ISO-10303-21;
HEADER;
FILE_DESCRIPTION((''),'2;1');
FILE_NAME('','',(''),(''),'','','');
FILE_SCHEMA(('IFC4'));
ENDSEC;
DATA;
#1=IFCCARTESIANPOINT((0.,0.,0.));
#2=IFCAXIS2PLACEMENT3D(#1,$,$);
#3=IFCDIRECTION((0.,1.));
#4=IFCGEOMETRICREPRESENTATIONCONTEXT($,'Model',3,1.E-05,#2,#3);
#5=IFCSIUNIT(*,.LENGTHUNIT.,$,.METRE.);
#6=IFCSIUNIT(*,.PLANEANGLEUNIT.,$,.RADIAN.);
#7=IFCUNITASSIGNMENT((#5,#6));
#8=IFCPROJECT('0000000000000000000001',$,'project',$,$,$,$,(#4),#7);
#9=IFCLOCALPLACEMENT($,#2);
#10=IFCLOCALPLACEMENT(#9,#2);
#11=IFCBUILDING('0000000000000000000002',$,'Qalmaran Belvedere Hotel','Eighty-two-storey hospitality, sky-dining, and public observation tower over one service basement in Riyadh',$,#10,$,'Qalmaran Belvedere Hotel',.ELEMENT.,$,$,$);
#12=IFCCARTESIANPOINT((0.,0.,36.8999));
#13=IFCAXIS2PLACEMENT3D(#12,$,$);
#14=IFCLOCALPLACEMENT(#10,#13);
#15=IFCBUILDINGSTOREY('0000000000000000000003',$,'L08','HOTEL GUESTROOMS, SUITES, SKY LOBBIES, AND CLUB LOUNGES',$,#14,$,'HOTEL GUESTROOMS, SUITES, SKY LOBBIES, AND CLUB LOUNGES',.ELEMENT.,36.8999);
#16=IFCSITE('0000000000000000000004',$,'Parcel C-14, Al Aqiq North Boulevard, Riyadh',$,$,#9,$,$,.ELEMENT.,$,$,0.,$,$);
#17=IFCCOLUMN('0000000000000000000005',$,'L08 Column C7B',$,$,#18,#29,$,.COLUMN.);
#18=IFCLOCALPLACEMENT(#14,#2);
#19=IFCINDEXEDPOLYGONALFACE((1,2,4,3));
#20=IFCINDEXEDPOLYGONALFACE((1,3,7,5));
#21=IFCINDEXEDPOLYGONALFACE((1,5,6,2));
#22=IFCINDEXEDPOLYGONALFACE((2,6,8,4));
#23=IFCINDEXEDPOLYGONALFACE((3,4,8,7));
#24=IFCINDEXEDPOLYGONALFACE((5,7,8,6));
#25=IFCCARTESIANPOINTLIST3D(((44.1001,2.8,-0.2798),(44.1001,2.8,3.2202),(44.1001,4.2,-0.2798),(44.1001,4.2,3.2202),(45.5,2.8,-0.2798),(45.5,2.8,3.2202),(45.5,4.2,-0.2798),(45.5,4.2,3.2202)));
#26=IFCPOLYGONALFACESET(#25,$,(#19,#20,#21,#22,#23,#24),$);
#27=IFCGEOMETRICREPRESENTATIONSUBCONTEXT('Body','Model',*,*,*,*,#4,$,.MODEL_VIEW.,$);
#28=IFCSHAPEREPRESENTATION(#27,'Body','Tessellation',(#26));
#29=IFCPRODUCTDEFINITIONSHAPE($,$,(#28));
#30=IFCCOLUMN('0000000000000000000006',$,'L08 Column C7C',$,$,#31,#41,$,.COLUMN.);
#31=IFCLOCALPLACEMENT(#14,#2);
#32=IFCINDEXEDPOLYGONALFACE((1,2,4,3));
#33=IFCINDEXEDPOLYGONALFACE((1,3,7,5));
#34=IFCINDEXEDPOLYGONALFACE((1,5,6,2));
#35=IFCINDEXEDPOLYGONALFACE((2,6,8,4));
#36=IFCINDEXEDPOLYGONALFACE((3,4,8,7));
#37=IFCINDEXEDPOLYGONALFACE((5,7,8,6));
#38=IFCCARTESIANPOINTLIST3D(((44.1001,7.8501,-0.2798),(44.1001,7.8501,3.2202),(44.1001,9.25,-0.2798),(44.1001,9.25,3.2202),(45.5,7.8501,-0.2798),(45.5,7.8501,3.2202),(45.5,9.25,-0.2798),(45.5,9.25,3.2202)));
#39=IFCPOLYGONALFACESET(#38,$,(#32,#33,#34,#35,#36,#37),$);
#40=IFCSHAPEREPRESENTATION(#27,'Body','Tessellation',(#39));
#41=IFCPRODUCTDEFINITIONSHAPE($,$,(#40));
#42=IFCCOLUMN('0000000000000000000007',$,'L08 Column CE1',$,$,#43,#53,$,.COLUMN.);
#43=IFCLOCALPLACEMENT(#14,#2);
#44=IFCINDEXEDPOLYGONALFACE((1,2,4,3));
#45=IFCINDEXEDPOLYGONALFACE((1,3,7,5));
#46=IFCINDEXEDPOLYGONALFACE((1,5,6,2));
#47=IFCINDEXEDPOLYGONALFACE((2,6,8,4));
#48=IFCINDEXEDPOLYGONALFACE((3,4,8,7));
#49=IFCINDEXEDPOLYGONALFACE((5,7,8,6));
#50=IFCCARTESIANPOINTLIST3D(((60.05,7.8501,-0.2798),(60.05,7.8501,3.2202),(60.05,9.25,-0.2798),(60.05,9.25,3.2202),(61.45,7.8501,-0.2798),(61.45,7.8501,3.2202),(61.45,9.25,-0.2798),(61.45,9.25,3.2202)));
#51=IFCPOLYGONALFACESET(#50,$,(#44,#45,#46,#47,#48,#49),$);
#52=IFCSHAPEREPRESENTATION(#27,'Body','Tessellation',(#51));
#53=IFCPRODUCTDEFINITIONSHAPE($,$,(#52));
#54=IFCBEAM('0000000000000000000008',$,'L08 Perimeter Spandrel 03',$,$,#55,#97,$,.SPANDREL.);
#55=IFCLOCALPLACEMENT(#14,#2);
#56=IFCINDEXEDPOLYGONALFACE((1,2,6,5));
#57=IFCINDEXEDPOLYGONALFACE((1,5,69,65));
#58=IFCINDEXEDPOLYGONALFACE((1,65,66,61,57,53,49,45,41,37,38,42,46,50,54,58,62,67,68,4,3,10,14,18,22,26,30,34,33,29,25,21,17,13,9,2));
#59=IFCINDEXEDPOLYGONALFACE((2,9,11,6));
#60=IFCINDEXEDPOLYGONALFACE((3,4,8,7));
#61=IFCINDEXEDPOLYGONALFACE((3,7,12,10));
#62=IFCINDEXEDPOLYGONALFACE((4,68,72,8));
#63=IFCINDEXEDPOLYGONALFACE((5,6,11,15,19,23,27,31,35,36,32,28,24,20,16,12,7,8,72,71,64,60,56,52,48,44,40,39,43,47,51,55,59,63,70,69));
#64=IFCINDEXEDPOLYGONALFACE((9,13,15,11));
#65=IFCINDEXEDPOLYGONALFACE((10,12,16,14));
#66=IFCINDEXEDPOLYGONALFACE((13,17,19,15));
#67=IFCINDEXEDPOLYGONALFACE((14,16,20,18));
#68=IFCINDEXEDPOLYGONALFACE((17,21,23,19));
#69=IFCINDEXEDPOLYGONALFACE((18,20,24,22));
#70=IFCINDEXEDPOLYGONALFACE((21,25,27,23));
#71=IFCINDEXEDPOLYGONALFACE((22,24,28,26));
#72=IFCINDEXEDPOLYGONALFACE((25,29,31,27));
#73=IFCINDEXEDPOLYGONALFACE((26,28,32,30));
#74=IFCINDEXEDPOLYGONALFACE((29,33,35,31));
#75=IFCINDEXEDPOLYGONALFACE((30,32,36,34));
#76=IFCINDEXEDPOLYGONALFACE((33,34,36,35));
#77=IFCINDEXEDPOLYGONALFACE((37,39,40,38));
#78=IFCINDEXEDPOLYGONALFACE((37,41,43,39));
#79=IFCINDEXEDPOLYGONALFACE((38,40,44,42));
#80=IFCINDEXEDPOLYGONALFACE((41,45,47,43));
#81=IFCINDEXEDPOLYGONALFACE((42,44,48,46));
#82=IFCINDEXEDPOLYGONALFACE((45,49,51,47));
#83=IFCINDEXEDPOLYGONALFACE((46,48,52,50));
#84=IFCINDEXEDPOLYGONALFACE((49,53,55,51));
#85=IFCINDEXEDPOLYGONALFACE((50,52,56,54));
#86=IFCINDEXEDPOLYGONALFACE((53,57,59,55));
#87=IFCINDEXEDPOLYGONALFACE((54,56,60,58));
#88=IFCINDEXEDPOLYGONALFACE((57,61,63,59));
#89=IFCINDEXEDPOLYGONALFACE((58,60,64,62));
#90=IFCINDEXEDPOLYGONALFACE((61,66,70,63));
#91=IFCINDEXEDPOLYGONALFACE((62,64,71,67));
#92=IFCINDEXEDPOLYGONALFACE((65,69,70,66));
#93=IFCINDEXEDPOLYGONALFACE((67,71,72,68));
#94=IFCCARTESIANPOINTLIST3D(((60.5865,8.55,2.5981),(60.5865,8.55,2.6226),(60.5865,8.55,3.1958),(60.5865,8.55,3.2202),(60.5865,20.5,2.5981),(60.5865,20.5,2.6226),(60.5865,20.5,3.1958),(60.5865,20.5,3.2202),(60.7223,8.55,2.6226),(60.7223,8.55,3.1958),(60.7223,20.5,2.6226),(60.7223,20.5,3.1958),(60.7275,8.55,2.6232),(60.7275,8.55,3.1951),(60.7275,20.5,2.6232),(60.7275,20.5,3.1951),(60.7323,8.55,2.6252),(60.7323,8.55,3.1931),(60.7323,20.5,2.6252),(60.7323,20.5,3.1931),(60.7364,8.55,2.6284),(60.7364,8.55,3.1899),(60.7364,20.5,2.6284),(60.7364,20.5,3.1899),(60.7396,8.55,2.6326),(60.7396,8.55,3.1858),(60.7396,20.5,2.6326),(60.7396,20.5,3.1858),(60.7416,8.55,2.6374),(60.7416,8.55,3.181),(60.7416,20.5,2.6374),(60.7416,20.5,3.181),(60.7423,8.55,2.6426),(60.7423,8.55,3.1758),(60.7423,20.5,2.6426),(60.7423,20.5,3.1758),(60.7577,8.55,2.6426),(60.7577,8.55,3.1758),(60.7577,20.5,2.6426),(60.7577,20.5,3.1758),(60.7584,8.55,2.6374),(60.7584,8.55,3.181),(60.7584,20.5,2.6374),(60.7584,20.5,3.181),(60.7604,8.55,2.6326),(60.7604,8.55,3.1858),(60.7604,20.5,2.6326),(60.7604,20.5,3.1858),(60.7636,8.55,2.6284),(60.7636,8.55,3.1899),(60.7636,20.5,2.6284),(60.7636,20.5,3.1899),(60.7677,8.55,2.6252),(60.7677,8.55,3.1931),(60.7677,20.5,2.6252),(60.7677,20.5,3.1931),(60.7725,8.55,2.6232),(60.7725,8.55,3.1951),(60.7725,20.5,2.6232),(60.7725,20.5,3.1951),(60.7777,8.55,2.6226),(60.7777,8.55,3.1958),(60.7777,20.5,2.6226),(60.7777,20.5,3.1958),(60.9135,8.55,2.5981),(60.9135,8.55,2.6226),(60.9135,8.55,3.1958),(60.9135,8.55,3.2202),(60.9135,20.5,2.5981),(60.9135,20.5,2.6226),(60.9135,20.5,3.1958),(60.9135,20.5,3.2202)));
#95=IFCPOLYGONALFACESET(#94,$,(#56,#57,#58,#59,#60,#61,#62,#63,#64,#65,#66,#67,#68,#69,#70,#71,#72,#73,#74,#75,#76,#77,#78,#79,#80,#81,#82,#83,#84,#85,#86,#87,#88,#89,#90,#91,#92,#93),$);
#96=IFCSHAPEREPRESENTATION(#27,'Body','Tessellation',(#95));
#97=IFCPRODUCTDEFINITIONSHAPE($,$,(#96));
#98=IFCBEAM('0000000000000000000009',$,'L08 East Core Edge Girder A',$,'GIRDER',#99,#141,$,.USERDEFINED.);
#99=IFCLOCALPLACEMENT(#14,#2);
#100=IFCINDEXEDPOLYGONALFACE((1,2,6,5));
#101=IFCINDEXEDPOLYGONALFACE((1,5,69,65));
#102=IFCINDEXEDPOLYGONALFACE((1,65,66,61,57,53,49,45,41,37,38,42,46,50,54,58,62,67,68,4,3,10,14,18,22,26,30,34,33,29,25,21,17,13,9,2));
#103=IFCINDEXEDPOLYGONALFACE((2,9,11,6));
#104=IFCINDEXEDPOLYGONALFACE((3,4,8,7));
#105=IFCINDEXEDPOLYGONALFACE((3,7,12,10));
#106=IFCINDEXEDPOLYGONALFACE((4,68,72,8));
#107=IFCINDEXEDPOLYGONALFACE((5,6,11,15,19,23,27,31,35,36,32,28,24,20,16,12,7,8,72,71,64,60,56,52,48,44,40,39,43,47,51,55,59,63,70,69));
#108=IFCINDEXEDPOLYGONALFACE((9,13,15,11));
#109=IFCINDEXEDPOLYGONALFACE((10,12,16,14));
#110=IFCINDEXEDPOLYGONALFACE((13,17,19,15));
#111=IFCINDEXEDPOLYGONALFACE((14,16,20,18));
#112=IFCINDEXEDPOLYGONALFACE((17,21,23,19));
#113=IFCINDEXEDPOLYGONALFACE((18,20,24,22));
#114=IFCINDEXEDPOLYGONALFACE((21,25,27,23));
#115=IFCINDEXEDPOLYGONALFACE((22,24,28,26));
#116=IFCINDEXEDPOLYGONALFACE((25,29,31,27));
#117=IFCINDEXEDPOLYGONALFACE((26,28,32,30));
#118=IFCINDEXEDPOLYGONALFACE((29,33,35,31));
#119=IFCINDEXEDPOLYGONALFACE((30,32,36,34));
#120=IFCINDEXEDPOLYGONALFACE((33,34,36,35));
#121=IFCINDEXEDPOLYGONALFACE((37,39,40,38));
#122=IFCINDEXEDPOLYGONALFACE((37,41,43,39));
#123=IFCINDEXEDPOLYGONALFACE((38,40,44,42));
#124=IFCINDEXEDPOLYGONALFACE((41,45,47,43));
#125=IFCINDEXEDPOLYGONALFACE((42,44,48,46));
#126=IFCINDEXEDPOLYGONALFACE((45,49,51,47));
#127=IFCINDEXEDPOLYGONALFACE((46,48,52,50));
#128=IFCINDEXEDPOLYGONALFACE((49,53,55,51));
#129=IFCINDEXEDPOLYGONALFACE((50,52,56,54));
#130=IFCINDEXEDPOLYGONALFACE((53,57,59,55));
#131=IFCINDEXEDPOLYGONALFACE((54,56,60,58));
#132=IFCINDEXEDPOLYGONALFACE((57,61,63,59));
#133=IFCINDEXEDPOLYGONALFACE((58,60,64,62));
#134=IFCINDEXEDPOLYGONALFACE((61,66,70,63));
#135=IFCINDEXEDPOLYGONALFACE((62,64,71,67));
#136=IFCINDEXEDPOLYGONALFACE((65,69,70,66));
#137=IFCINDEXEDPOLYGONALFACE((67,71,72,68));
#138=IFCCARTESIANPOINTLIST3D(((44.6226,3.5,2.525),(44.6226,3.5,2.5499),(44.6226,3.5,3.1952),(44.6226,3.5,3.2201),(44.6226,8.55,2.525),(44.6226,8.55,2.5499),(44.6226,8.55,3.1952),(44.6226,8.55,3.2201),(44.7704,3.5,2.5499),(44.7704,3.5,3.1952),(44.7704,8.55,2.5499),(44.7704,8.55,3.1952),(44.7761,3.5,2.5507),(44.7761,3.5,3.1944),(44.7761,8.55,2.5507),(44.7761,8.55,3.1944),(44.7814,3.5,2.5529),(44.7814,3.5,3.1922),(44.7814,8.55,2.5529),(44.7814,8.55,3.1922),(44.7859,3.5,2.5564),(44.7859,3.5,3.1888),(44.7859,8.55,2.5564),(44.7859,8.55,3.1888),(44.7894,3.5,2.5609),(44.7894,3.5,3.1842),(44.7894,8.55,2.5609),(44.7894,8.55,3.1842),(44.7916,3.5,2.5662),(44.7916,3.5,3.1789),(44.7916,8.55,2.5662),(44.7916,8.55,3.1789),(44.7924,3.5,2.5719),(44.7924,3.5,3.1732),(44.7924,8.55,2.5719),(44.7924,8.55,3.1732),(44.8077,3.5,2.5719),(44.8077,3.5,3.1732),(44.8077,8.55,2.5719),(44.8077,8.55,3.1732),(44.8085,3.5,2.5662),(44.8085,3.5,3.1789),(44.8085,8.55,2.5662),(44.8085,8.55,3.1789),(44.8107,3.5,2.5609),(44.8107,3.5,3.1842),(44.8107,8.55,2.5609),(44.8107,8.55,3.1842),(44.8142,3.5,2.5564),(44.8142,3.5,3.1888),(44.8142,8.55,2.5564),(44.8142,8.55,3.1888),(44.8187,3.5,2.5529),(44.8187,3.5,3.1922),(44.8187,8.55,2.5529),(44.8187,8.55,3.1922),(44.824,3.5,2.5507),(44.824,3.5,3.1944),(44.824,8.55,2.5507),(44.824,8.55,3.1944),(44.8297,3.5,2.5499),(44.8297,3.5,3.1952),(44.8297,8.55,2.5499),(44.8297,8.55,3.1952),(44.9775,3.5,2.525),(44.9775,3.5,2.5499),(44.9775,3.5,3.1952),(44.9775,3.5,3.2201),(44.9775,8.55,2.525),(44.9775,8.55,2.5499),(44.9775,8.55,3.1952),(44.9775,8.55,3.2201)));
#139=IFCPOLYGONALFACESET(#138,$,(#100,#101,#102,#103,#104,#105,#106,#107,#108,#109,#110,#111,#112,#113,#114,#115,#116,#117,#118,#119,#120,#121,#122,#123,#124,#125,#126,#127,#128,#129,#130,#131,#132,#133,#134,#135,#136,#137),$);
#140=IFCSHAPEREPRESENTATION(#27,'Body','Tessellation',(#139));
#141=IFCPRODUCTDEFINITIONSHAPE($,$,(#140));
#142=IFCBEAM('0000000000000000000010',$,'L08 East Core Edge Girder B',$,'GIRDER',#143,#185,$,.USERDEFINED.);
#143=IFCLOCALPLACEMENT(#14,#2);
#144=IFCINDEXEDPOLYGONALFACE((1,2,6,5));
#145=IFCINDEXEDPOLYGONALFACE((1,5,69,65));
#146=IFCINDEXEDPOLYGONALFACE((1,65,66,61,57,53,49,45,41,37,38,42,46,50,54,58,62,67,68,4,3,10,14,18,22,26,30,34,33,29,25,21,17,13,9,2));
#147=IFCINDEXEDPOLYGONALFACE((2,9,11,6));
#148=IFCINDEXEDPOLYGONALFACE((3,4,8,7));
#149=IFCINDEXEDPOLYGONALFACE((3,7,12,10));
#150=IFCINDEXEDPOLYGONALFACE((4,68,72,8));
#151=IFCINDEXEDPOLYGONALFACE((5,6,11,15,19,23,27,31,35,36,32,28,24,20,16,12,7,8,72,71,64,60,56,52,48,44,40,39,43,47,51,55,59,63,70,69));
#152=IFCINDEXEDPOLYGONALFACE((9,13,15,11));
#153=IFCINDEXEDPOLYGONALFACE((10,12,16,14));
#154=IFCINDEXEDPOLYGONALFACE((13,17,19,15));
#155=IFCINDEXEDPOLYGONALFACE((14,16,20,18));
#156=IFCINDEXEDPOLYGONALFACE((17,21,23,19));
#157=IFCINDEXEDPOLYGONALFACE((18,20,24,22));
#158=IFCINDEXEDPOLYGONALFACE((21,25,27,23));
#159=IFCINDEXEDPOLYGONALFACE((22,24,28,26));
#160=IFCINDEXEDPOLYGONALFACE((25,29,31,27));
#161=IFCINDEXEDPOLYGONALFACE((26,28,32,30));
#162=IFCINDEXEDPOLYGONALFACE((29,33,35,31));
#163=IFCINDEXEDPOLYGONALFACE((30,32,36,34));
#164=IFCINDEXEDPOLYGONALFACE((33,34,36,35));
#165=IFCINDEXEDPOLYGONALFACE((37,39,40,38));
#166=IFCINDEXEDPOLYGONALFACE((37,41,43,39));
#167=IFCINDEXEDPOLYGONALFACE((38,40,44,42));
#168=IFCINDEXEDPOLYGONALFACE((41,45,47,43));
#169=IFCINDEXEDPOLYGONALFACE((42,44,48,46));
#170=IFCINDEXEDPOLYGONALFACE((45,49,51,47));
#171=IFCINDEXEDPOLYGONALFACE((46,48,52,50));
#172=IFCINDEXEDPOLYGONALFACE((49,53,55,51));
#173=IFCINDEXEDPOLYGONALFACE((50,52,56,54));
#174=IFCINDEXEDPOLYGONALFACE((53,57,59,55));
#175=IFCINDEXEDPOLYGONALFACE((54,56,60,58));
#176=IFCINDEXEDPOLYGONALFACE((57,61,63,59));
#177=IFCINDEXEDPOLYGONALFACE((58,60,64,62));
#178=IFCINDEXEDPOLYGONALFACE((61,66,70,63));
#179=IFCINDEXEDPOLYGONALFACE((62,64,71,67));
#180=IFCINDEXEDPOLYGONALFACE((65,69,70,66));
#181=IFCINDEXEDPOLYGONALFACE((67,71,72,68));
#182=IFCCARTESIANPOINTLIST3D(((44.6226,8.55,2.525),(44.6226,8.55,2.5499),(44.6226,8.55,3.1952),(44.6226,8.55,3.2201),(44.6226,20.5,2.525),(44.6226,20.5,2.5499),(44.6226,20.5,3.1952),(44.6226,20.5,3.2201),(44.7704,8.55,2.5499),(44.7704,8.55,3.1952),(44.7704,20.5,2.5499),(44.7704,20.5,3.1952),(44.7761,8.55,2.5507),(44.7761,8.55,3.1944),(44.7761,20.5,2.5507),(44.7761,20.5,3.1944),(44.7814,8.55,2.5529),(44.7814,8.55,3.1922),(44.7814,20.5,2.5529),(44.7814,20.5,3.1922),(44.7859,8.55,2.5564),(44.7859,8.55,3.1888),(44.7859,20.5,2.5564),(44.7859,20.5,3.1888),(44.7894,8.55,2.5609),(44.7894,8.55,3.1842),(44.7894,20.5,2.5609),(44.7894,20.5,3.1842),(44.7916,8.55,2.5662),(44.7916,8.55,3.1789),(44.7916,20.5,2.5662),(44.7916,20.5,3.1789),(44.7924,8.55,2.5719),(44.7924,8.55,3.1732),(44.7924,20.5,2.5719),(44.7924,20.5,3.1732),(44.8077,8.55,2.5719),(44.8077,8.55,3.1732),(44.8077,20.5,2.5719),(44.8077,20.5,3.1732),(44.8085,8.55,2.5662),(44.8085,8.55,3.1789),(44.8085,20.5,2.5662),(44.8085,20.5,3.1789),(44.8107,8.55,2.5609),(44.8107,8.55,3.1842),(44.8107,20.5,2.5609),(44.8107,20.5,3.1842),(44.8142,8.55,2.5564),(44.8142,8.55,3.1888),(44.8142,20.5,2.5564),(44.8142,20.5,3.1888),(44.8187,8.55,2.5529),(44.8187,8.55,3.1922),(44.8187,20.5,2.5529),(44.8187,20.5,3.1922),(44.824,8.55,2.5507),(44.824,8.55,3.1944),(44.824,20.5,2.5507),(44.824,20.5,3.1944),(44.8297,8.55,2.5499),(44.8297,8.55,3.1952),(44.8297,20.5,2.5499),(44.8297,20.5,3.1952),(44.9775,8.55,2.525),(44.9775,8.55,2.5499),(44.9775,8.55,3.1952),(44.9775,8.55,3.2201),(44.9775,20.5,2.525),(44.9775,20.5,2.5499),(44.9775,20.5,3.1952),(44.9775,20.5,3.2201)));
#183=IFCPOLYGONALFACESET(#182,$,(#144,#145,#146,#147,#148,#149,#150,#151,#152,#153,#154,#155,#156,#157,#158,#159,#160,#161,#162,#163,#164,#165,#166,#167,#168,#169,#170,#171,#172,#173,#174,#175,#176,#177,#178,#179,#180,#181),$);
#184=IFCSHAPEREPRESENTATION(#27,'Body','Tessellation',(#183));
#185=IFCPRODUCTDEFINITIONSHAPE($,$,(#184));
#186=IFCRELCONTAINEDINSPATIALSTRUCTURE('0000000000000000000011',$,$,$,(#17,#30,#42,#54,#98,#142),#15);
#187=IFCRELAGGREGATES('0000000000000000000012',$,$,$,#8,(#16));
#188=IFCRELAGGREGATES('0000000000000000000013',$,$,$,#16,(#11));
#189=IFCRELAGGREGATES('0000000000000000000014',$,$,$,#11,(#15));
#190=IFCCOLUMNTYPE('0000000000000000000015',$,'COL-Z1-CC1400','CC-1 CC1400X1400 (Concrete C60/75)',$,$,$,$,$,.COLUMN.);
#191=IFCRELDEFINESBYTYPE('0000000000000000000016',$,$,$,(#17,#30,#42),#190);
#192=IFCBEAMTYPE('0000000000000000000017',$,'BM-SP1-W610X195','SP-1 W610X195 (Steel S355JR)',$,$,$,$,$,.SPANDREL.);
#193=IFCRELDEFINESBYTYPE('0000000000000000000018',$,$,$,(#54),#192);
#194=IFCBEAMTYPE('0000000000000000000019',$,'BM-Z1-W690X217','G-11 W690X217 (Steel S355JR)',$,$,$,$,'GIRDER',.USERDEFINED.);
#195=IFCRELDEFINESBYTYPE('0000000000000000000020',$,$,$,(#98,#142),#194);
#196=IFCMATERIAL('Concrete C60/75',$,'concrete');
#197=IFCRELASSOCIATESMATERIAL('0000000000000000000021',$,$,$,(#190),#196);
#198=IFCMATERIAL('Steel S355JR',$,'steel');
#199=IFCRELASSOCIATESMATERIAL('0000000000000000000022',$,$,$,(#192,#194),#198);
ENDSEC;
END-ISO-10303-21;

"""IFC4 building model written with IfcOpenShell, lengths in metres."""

from ifc_helpers import new_model, si_unit, direction, frame, origin, origin_2d, place, context, subcontext, project, spatial, rectangle, i_section, extrude, material, material_profile, profile_set, type_object, element, save


model = new_model("IFC4")

# Units and contexts
model_context = context("Model", 3, precision=1e-05, world=origin(), true_north=direction((0.0, 1.0)))
body_context = subcontext(model_context, "Body", "Model", "MODEL_VIEW")
ifc_project = project(units=[si_unit("LENGTHUNIT", "METRE"), si_unit("PLANEANGLEUNIT", "RADIAN")], contexts=[model_context])

# Site, building, storey
site_placement = place(None, origin())
site = spatial("IfcSite", under=ifc_project, at=site_placement, Name="Parcel C-14, Al Aqiq North Boulevard, Riyadh", CompositionType="ELEMENT", RefElevation=0.0)
building_placement = place(site_placement, origin())
building = spatial("IfcBuilding", under=site, at=building_placement, Name="Qalmaran Belvedere Hotel", Description="Eighty-two-storey hospitality, sky-dining, and public observation tower over one service basement in Riyadh", LongName="Qalmaran Belvedere Hotel", CompositionType="ELEMENT")
storey_placement = place(building_placement, frame((0.0, 0.0, 36.8999)))
storey = spatial("IfcBuildingStorey", under=building, at=storey_placement, Name="L08", Description="HOTEL GUESTROOMS, SUITES, SKY LOBBIES, AND CLUB LOUNGES", LongName="HOTEL GUESTROOMS, SUITES, SKY LOBBIES, AND CLUB LOUNGES", CompositionType="ELEMENT", Elevation=36.8999)

# Columns
ifc_material_1 = material(Name="Concrete C60/75", Category="concrete")
ifc_material_profile_1 = material_profile(ifc_material_1, rectangle(XDim=1.3999, YDim=1.3999, at=origin_2d()), Name="CC1400X1400")
ifc_profile_set_1 = profile_set([ifc_material_profile_1], Name="Concrete C60/75")
column_type = type_object("IfcColumnType", Name="COL-Z1-CC1400", Description="CC-1 CC1400X1400 (Concrete C60/75)", PredefinedType="COLUMN", material=ifc_profile_set_1)
for number, where, z_axis, x_axis, name in (
    (1, (44.8, 3.5, -0.2798), (0.0, 0.0, 1.0), (1.0, 0.0, 0.0), "L08 Column C7B"),
    (2, (44.8, 8.55, -0.2798), (0.0, 0.0, 1.0), (1.0, 0.0, 0.0), "L08 Column C7C"),
    (3, (60.75, 8.55, -0.2798), (0.0, 0.0, 1.0), (1.0, 0.0, 0.0), "L08 Column CE1"),
):
    element("IfcColumn", number, at=place(storey_placement, frame(where, z_axis=z_axis, x_axis=x_axis)), inside=storey, type_object=column_type, Name=name, PredefinedType="COLUMN", context=body_context, shape_type="SweptSolid", body=[
        extrude(rectangle(XDim=1.3999, YDim=1.3999, at=origin_2d()), origin(), (0.0, 0.0, 1.0), 3.5),
    ])

# Beams
ifc_material_2 = material(Name="Steel S355JR", Category="steel")
ifc_material_profile_2 = material_profile(ifc_material_2, i_section(OverallWidth=0.3269, OverallDepth=0.6221, WebThickness=0.0154, FlangeThickness=0.0244, FilletRadius=0.02, at=origin_2d()), Name="W610X195")
ifc_profile_set_2 = profile_set([ifc_material_profile_2], Name="Steel S355JR")
beam_type_1 = type_object("IfcBeamType", Name="BM-SP1-W610X195", Description="SP-1 W610X195 (Steel S355JR)", PredefinedType="SPANDREL", material=ifc_profile_set_2)
beam_1_placement = place(storey_placement, frame((60.75, 8.55, 2.9092), z_axis=(0.0, 1.0, 0.0), x_axis=(-1.0, 0.0, 0.0)))
element("IfcBeam", 4, at=beam_1_placement, inside=storey, type_object=beam_type_1, Name="L08 Perimeter Spandrel 03", PredefinedType="SPANDREL", context=body_context, shape_type="SweptSolid", body=[
    extrude(i_section(OverallWidth=0.3269, OverallDepth=0.6221, WebThickness=0.0154, FlangeThickness=0.0244, FilletRadius=0.02, at=origin_2d()), origin(), (0.0, 0.0, 1.0), 11.95),
])
ifc_material_profile_3 = material_profile(ifc_material_2, i_section(OverallWidth=0.355, OverallDepth=0.6951, WebThickness=0.0154, FlangeThickness=0.0249, FilletRadius=0.022, at=origin_2d()), Name="W690X217")
ifc_profile_set_3 = profile_set([ifc_material_profile_3], Name="Steel S355JR")
beam_type_2 = type_object("IfcBeamType", Name="BM-Z1-W690X217", Description="G-11 W690X217 (Steel S355JR)", ElementType="GIRDER", PredefinedType="USERDEFINED", material=ifc_profile_set_3)
beam_2_placement = place(storey_placement, frame((44.8, 3.5, 2.8726), z_axis=(0.0, 1.0, 0.0), x_axis=(-1.0, 0.0, 0.0)))
element("IfcBeam", 5, at=beam_2_placement, inside=storey, type_object=beam_type_2, Name="L08 East Core Edge Girder A", ObjectType="GIRDER", PredefinedType="USERDEFINED", context=body_context, shape_type="SweptSolid", body=[
    extrude(i_section(OverallWidth=0.355, OverallDepth=0.6951, WebThickness=0.0154, FlangeThickness=0.0249, FilletRadius=0.022, at=origin_2d()), origin(), (0.0, 0.0, 1.0), 5.05),
])
beam_3_placement = place(storey_placement, frame((44.8, 8.55, 2.8726), z_axis=(0.0, 1.0, 0.0), x_axis=(-1.0, 0.0, 0.0)))
element("IfcBeam", 6, at=beam_3_placement, inside=storey, type_object=beam_type_2, Name="L08 East Core Edge Girder B", ObjectType="GIRDER", PredefinedType="USERDEFINED", context=body_context, shape_type="SweptSolid", body=[
    extrude(i_section(OverallWidth=0.355, OverallDepth=0.6951, WebThickness=0.0154, FlangeThickness=0.0249, FilletRadius=0.022, at=origin_2d()), origin(), (0.0, 0.0, 1.0), 11.95),
])

save(model, "model.ifc")
